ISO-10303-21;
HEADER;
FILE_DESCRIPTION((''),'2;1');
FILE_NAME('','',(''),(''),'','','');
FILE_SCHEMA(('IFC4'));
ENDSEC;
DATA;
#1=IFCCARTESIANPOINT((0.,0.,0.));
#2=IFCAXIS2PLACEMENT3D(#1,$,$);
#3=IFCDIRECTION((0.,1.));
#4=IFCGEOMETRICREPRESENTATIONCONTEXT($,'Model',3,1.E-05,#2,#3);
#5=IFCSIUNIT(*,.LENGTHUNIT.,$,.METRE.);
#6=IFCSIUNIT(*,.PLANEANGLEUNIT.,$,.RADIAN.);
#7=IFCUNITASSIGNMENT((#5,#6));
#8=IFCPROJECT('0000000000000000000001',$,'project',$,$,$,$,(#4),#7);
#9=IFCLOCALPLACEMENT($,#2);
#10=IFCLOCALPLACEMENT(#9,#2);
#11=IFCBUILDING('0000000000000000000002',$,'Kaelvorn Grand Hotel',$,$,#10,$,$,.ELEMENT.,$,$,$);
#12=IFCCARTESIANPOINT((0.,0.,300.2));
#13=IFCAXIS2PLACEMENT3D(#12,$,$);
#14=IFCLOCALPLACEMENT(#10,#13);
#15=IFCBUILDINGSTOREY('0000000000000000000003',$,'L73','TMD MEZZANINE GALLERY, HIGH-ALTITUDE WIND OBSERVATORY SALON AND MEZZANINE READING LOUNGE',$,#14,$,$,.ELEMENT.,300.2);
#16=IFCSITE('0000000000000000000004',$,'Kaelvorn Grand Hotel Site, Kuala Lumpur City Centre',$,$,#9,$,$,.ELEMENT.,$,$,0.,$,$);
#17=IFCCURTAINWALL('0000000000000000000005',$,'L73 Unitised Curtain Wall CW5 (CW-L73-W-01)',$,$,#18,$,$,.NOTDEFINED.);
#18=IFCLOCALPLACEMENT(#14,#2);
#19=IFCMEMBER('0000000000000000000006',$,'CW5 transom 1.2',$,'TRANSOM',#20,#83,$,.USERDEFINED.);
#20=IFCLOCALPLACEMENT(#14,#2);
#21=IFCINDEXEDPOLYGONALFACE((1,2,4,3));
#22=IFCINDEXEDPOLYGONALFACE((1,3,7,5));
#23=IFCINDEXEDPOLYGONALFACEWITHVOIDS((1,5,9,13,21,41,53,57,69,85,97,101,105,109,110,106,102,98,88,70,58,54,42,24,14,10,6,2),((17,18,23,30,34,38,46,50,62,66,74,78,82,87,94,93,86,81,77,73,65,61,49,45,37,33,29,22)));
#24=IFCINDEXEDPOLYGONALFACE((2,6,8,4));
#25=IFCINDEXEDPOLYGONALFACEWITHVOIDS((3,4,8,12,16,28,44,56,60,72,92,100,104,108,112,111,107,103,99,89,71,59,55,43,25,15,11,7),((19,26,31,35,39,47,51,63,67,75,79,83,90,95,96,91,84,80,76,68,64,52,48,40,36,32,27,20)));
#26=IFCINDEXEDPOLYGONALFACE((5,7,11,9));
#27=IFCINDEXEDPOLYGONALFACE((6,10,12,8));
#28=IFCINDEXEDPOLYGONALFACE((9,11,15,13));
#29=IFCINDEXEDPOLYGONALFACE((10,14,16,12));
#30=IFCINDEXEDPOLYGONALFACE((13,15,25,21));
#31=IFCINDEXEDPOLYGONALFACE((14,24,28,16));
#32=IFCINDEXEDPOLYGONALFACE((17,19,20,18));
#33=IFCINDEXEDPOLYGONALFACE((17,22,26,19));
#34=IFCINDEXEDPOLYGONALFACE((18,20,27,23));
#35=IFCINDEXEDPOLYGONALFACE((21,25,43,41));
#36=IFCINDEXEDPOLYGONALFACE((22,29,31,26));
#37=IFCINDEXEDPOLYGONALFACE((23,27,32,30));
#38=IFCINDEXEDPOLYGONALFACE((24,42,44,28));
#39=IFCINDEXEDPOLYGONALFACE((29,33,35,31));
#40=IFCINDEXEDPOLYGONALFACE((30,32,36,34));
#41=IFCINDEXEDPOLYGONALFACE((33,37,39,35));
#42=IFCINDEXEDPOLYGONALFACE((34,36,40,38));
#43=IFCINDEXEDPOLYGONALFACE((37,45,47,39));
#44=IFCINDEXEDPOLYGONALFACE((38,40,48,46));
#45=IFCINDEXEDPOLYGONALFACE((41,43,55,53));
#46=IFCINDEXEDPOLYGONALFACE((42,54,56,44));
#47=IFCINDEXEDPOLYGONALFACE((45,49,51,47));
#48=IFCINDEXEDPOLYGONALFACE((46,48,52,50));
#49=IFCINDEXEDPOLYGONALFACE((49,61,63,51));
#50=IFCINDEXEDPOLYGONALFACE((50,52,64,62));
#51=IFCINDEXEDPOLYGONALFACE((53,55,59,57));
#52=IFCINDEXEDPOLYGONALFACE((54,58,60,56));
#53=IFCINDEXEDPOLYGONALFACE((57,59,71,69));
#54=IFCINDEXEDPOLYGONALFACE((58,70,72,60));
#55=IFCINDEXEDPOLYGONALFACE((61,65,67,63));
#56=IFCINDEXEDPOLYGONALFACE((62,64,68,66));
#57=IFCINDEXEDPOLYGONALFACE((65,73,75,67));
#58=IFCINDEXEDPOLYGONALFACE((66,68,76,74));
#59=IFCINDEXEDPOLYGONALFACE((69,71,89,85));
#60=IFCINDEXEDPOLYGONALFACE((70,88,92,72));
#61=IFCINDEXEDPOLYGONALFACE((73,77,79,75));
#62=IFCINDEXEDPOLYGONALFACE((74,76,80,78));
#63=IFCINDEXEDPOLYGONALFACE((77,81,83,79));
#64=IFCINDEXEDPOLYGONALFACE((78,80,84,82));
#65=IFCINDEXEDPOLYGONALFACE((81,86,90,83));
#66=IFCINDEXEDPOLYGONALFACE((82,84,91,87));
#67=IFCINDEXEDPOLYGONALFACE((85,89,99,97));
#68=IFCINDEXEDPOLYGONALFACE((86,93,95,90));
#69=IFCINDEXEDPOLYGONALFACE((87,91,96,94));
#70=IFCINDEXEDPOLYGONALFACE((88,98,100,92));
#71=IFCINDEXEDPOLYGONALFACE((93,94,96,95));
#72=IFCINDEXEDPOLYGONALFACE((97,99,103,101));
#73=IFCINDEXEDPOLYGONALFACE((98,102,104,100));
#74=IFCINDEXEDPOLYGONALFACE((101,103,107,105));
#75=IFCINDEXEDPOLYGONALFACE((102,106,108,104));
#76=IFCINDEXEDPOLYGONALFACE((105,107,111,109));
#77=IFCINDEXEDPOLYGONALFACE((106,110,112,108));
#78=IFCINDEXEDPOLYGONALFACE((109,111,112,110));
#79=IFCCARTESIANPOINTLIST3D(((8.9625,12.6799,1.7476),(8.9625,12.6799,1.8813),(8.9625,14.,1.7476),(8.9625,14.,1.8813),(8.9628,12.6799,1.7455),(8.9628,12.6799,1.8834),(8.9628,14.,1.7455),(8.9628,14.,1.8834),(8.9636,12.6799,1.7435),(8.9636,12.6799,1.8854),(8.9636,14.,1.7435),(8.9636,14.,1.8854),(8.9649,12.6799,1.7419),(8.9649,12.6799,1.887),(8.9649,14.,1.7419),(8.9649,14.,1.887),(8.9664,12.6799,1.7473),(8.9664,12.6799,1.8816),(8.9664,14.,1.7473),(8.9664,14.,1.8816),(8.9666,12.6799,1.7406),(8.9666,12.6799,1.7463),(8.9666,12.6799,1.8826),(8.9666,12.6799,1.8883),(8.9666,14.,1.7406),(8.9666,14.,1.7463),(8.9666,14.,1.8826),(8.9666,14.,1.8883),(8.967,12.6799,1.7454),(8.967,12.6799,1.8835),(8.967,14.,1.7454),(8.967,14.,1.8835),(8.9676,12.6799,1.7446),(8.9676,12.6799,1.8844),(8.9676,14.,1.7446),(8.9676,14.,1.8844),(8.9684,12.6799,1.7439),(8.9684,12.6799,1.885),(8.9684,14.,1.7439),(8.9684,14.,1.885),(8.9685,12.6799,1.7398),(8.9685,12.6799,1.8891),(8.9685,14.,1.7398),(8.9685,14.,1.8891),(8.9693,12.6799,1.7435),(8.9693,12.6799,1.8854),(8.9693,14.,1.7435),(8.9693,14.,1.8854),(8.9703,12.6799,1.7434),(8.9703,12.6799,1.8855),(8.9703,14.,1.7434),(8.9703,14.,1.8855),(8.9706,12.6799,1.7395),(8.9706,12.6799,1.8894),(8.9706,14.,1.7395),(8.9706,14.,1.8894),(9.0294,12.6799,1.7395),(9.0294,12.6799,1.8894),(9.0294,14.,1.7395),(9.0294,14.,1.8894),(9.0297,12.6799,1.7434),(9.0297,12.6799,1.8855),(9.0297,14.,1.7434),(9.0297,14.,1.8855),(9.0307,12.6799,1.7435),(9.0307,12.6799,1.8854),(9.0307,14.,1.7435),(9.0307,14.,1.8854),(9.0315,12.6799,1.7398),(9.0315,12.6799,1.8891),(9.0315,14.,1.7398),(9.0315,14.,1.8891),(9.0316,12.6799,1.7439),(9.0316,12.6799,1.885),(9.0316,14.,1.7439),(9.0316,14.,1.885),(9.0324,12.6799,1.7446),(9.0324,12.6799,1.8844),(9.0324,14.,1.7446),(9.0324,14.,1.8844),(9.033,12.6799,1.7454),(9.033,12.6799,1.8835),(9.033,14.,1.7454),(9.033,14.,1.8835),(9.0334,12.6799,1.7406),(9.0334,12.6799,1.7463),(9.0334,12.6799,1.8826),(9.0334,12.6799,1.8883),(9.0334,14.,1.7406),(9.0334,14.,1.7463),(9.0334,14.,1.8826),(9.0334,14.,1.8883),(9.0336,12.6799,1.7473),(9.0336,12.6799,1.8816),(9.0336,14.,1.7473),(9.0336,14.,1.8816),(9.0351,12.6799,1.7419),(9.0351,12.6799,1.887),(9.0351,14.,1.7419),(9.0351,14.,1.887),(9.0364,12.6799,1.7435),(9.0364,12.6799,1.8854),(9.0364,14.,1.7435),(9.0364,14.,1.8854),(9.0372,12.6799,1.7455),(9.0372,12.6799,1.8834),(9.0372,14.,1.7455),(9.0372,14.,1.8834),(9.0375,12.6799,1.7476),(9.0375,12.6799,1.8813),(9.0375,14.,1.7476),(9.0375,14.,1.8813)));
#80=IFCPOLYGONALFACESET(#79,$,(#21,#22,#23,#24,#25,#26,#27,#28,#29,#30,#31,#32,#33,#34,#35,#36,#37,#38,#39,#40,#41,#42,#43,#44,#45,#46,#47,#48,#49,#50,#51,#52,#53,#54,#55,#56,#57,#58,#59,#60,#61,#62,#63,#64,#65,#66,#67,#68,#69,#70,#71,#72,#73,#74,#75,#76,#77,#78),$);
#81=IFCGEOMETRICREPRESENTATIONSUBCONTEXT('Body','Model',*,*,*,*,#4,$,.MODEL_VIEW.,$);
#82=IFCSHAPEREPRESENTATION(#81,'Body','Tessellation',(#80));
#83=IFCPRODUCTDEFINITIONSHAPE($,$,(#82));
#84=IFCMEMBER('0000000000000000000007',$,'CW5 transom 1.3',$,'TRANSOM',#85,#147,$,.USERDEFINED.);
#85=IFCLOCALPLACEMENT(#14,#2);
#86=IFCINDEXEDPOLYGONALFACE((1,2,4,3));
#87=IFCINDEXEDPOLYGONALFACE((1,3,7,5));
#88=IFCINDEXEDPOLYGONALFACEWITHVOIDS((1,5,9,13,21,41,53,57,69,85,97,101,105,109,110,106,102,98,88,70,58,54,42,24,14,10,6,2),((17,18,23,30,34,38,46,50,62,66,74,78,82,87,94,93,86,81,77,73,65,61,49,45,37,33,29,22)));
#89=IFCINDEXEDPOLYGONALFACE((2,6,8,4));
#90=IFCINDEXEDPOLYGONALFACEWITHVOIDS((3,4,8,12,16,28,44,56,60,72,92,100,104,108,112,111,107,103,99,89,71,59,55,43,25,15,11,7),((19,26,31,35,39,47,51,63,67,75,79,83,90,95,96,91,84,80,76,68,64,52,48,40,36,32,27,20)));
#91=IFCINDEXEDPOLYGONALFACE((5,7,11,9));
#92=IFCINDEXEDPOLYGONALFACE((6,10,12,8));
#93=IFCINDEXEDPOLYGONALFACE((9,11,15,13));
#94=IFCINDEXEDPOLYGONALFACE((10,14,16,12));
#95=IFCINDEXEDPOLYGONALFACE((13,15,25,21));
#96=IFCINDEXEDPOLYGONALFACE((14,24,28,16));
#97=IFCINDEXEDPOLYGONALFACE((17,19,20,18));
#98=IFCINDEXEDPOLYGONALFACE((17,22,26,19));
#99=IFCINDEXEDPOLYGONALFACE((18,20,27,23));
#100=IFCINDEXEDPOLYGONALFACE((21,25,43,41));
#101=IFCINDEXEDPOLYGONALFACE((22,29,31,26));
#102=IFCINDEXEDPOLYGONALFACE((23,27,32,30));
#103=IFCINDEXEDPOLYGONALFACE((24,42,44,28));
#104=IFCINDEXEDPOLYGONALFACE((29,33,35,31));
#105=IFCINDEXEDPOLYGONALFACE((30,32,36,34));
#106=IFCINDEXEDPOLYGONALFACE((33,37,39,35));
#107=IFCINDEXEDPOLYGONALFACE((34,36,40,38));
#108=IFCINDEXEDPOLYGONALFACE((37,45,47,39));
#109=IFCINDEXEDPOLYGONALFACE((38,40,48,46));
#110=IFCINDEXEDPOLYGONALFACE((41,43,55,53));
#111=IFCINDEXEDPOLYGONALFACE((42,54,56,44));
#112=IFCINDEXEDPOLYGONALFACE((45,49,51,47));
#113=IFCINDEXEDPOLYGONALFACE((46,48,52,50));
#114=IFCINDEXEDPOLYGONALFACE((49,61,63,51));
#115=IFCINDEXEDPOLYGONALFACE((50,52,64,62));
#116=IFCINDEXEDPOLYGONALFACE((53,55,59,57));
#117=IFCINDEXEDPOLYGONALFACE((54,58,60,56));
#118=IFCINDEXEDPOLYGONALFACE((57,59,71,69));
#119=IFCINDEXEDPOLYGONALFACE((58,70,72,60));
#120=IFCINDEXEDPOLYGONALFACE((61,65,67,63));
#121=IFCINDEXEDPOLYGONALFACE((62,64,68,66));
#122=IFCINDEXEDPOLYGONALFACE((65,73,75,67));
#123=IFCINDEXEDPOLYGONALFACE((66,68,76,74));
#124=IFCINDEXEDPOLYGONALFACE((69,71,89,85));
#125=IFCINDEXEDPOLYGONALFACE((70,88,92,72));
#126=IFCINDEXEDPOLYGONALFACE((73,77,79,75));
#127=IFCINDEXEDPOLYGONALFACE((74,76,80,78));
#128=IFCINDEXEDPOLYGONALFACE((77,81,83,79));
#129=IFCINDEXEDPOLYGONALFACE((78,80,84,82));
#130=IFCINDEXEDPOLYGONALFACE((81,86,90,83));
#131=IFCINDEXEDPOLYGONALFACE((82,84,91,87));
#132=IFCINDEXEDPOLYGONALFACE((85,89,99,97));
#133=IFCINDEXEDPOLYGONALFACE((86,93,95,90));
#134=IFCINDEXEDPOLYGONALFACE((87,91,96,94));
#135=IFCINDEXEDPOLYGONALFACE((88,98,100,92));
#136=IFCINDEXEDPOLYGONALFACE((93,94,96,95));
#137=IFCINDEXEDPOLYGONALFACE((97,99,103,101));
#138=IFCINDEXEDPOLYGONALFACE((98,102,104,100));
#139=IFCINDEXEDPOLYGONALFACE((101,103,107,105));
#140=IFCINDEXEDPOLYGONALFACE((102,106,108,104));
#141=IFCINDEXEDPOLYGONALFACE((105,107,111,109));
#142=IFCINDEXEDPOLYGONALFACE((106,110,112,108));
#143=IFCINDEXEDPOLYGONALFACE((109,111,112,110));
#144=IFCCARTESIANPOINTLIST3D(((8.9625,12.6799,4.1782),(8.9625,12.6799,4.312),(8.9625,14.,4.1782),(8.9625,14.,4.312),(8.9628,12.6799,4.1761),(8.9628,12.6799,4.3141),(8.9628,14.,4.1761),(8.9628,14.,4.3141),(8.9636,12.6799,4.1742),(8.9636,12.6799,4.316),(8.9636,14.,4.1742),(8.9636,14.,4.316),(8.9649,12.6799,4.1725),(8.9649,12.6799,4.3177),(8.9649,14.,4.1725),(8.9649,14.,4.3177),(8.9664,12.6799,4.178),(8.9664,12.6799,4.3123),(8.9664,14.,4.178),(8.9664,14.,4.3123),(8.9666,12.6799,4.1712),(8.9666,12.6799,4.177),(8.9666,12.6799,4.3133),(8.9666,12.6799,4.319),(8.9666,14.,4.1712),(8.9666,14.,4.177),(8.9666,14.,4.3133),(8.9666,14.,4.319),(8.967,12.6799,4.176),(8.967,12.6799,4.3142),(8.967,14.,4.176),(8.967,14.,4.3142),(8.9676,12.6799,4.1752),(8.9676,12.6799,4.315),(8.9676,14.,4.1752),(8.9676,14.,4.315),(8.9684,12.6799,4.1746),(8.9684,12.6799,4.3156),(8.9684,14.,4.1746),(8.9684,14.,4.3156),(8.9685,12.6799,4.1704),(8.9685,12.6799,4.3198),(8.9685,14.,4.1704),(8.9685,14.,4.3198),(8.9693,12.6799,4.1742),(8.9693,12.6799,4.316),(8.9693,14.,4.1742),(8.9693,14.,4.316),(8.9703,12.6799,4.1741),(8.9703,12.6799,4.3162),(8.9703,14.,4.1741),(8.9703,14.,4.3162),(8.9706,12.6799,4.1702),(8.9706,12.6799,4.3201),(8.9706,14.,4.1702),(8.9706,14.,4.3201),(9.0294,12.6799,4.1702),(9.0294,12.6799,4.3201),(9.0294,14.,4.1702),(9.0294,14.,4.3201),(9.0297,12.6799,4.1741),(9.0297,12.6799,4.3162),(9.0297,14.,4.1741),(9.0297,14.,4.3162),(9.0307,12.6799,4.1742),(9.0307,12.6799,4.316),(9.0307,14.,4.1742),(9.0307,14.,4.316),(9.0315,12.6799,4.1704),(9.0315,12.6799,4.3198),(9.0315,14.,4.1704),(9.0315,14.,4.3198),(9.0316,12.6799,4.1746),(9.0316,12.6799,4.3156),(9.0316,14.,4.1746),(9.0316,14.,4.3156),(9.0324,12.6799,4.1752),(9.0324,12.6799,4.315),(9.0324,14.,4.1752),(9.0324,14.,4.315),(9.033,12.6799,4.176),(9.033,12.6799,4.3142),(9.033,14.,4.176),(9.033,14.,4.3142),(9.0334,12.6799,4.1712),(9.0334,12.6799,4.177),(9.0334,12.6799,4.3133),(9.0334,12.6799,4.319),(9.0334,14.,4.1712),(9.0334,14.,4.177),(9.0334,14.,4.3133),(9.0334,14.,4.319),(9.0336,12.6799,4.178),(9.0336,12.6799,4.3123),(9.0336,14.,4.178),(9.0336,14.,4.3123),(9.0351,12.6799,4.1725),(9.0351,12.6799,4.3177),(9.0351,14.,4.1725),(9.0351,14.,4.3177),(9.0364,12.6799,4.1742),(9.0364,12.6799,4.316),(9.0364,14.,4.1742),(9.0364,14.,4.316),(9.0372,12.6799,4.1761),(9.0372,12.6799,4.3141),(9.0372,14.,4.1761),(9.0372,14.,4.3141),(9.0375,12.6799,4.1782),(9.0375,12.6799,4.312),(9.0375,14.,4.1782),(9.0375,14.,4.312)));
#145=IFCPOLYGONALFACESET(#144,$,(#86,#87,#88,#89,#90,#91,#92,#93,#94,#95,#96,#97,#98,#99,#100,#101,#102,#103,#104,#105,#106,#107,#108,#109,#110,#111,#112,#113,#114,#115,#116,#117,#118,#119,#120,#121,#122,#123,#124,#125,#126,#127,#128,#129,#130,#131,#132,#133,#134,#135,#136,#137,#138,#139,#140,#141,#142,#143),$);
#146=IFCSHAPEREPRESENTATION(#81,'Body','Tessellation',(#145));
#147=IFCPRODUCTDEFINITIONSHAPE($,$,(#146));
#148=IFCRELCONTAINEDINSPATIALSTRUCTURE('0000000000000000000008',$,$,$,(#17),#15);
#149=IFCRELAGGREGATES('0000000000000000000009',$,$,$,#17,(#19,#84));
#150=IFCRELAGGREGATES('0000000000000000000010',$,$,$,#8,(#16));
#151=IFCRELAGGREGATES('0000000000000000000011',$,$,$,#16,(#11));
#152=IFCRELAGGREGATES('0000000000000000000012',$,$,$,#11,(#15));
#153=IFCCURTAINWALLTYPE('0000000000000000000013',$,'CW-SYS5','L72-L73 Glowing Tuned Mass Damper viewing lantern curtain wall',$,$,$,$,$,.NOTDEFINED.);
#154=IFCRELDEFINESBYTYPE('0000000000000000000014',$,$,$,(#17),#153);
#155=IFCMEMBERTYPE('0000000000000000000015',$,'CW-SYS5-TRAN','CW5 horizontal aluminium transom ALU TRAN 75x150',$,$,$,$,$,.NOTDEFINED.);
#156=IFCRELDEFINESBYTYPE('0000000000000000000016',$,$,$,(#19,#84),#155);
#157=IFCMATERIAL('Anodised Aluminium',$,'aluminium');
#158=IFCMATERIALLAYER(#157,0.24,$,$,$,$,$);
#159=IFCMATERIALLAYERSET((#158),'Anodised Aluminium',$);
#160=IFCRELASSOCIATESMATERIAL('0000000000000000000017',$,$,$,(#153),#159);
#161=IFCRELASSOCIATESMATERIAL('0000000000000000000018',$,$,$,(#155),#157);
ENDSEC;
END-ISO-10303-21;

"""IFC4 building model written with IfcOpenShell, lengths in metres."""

from ifc_helpers import new_model, si_unit, direction, frame, origin, origin_2d, place, context, subcontext, project, spatial, hollow_rectangle, extrude, material, layer, layer_set, material_profile, profile_set, type_object, element, aggregate, save


model = new_model("IFC4")

# Units and contexts
model_context = context("Model", 3, precision=1e-05, world=origin(), true_north=direction((0.0, 1.0)))
body_context = subcontext(model_context, "Body", "Model", "MODEL_VIEW")
ifc_project = project(units=[si_unit("LENGTHUNIT", "METRE"), si_unit("PLANEANGLEUNIT", "RADIAN")], contexts=[model_context])

# Site, building, storey
site_placement = place(None, origin())
site = spatial("IfcSite", under=ifc_project, at=site_placement, Name="Kaelvorn Grand Hotel Site, Kuala Lumpur City Centre", CompositionType="ELEMENT", RefElevation=0.0)
building_placement = place(site_placement, origin())
building = spatial("IfcBuilding", under=site, at=building_placement, Name="Kaelvorn Grand Hotel", CompositionType="ELEMENT")
storey_placement = place(building_placement, frame((0.0, 0.0, 300.2)))
storey = spatial("IfcBuildingStorey", under=building, at=storey_placement, Name="L73", Description="TMD MEZZANINE GALLERY, HIGH-ALTITUDE WIND OBSERVATORY SALON AND MEZZANINE READING LOUNGE", CompositionType="ELEMENT", Elevation=300.2)

# Curtain wall
ifc_material_1 = material(Name="Anodised Aluminium", Category="aluminium")
ifc_layer_1 = layer(ifc_material_1, 0.24)
ifc_layer_set_1 = layer_set([ifc_layer_1], Name="Anodised Aluminium")
curtain_wall_type = type_object("IfcCurtainWallType", Name="CW-SYS5", Description="L72-L73 Glowing Tuned Mass Damper viewing lantern curtain wall", PredefinedType="NOTDEFINED", material=ifc_layer_set_1)
curtain_wall_1_placement = place(storey_placement, origin())
curtain_wall_1 = element("IfcCurtainWall", 1, at=curtain_wall_1_placement, inside=storey, type_object=curtain_wall_type, Name="L73 Unitised Curtain Wall CW5 (CW-L73-W-01)", PredefinedType="NOTDEFINED")

# Members
ifc_material_profile_1 = material_profile(ifc_material_1, hollow_rectangle(XDim=0.075, YDim=0.1499, WallThickness=0.0039, InnerFilletRadius=0.0039, OuterFilletRadius=0.0081, at=origin_2d()), Name="ALU TRAN 75x150")
ifc_profile_set_1 = profile_set([ifc_material_profile_1], Name="Anodised Aluminium")
member_type_1 = type_object("IfcMemberType", Name="CW-SYS5-TRAN", Description="CW5 horizontal aluminium transom ALU TRAN 75x150", PredefinedType="NOTDEFINED", material=ifc_profile_set_1)
member_1_placement = place(storey_placement, frame((9.0, 14.0, 1.8145), z_axis=(0.0, -1.0, 0.0), x_axis=(1.0, 0.0, 0.0)))
member_1 = element("IfcMember", 2, at=member_1_placement, type_object=member_type_1, Name="CW5 transom 1.2", ObjectType="TRANSOM", PredefinedType="USERDEFINED", context=body_context, shape_type="SweptSolid", body=[
    extrude(hollow_rectangle(XDim=0.075, YDim=0.1499, WallThickness=0.0039, InnerFilletRadius=0.0039, OuterFilletRadius=0.0081, at=origin_2d()), origin(), (0.0, 0.0, 1.0), 1.3201),
])
member_2_placement = place(storey_placement, frame((9.0, 14.0, 4.2451), z_axis=(0.0, -1.0, 0.0), x_axis=(1.0, 0.0, 0.0)))
member_2 = element("IfcMember", 3, at=member_2_placement, type_object=member_type_1, Name="CW5 transom 1.3", ObjectType="TRANSOM", PredefinedType="USERDEFINED", context=body_context, shape_type="SweptSolid", body=[
    extrude(hollow_rectangle(XDim=0.075, YDim=0.1499, WallThickness=0.0039, InnerFilletRadius=0.0039, OuterFilletRadius=0.0081, at=origin_2d()), origin(), (0.0, 0.0, 1.0), 1.3201),
])

aggregate(curtain_wall_1, [member_1, member_2])

save(model, "model.ifc")
